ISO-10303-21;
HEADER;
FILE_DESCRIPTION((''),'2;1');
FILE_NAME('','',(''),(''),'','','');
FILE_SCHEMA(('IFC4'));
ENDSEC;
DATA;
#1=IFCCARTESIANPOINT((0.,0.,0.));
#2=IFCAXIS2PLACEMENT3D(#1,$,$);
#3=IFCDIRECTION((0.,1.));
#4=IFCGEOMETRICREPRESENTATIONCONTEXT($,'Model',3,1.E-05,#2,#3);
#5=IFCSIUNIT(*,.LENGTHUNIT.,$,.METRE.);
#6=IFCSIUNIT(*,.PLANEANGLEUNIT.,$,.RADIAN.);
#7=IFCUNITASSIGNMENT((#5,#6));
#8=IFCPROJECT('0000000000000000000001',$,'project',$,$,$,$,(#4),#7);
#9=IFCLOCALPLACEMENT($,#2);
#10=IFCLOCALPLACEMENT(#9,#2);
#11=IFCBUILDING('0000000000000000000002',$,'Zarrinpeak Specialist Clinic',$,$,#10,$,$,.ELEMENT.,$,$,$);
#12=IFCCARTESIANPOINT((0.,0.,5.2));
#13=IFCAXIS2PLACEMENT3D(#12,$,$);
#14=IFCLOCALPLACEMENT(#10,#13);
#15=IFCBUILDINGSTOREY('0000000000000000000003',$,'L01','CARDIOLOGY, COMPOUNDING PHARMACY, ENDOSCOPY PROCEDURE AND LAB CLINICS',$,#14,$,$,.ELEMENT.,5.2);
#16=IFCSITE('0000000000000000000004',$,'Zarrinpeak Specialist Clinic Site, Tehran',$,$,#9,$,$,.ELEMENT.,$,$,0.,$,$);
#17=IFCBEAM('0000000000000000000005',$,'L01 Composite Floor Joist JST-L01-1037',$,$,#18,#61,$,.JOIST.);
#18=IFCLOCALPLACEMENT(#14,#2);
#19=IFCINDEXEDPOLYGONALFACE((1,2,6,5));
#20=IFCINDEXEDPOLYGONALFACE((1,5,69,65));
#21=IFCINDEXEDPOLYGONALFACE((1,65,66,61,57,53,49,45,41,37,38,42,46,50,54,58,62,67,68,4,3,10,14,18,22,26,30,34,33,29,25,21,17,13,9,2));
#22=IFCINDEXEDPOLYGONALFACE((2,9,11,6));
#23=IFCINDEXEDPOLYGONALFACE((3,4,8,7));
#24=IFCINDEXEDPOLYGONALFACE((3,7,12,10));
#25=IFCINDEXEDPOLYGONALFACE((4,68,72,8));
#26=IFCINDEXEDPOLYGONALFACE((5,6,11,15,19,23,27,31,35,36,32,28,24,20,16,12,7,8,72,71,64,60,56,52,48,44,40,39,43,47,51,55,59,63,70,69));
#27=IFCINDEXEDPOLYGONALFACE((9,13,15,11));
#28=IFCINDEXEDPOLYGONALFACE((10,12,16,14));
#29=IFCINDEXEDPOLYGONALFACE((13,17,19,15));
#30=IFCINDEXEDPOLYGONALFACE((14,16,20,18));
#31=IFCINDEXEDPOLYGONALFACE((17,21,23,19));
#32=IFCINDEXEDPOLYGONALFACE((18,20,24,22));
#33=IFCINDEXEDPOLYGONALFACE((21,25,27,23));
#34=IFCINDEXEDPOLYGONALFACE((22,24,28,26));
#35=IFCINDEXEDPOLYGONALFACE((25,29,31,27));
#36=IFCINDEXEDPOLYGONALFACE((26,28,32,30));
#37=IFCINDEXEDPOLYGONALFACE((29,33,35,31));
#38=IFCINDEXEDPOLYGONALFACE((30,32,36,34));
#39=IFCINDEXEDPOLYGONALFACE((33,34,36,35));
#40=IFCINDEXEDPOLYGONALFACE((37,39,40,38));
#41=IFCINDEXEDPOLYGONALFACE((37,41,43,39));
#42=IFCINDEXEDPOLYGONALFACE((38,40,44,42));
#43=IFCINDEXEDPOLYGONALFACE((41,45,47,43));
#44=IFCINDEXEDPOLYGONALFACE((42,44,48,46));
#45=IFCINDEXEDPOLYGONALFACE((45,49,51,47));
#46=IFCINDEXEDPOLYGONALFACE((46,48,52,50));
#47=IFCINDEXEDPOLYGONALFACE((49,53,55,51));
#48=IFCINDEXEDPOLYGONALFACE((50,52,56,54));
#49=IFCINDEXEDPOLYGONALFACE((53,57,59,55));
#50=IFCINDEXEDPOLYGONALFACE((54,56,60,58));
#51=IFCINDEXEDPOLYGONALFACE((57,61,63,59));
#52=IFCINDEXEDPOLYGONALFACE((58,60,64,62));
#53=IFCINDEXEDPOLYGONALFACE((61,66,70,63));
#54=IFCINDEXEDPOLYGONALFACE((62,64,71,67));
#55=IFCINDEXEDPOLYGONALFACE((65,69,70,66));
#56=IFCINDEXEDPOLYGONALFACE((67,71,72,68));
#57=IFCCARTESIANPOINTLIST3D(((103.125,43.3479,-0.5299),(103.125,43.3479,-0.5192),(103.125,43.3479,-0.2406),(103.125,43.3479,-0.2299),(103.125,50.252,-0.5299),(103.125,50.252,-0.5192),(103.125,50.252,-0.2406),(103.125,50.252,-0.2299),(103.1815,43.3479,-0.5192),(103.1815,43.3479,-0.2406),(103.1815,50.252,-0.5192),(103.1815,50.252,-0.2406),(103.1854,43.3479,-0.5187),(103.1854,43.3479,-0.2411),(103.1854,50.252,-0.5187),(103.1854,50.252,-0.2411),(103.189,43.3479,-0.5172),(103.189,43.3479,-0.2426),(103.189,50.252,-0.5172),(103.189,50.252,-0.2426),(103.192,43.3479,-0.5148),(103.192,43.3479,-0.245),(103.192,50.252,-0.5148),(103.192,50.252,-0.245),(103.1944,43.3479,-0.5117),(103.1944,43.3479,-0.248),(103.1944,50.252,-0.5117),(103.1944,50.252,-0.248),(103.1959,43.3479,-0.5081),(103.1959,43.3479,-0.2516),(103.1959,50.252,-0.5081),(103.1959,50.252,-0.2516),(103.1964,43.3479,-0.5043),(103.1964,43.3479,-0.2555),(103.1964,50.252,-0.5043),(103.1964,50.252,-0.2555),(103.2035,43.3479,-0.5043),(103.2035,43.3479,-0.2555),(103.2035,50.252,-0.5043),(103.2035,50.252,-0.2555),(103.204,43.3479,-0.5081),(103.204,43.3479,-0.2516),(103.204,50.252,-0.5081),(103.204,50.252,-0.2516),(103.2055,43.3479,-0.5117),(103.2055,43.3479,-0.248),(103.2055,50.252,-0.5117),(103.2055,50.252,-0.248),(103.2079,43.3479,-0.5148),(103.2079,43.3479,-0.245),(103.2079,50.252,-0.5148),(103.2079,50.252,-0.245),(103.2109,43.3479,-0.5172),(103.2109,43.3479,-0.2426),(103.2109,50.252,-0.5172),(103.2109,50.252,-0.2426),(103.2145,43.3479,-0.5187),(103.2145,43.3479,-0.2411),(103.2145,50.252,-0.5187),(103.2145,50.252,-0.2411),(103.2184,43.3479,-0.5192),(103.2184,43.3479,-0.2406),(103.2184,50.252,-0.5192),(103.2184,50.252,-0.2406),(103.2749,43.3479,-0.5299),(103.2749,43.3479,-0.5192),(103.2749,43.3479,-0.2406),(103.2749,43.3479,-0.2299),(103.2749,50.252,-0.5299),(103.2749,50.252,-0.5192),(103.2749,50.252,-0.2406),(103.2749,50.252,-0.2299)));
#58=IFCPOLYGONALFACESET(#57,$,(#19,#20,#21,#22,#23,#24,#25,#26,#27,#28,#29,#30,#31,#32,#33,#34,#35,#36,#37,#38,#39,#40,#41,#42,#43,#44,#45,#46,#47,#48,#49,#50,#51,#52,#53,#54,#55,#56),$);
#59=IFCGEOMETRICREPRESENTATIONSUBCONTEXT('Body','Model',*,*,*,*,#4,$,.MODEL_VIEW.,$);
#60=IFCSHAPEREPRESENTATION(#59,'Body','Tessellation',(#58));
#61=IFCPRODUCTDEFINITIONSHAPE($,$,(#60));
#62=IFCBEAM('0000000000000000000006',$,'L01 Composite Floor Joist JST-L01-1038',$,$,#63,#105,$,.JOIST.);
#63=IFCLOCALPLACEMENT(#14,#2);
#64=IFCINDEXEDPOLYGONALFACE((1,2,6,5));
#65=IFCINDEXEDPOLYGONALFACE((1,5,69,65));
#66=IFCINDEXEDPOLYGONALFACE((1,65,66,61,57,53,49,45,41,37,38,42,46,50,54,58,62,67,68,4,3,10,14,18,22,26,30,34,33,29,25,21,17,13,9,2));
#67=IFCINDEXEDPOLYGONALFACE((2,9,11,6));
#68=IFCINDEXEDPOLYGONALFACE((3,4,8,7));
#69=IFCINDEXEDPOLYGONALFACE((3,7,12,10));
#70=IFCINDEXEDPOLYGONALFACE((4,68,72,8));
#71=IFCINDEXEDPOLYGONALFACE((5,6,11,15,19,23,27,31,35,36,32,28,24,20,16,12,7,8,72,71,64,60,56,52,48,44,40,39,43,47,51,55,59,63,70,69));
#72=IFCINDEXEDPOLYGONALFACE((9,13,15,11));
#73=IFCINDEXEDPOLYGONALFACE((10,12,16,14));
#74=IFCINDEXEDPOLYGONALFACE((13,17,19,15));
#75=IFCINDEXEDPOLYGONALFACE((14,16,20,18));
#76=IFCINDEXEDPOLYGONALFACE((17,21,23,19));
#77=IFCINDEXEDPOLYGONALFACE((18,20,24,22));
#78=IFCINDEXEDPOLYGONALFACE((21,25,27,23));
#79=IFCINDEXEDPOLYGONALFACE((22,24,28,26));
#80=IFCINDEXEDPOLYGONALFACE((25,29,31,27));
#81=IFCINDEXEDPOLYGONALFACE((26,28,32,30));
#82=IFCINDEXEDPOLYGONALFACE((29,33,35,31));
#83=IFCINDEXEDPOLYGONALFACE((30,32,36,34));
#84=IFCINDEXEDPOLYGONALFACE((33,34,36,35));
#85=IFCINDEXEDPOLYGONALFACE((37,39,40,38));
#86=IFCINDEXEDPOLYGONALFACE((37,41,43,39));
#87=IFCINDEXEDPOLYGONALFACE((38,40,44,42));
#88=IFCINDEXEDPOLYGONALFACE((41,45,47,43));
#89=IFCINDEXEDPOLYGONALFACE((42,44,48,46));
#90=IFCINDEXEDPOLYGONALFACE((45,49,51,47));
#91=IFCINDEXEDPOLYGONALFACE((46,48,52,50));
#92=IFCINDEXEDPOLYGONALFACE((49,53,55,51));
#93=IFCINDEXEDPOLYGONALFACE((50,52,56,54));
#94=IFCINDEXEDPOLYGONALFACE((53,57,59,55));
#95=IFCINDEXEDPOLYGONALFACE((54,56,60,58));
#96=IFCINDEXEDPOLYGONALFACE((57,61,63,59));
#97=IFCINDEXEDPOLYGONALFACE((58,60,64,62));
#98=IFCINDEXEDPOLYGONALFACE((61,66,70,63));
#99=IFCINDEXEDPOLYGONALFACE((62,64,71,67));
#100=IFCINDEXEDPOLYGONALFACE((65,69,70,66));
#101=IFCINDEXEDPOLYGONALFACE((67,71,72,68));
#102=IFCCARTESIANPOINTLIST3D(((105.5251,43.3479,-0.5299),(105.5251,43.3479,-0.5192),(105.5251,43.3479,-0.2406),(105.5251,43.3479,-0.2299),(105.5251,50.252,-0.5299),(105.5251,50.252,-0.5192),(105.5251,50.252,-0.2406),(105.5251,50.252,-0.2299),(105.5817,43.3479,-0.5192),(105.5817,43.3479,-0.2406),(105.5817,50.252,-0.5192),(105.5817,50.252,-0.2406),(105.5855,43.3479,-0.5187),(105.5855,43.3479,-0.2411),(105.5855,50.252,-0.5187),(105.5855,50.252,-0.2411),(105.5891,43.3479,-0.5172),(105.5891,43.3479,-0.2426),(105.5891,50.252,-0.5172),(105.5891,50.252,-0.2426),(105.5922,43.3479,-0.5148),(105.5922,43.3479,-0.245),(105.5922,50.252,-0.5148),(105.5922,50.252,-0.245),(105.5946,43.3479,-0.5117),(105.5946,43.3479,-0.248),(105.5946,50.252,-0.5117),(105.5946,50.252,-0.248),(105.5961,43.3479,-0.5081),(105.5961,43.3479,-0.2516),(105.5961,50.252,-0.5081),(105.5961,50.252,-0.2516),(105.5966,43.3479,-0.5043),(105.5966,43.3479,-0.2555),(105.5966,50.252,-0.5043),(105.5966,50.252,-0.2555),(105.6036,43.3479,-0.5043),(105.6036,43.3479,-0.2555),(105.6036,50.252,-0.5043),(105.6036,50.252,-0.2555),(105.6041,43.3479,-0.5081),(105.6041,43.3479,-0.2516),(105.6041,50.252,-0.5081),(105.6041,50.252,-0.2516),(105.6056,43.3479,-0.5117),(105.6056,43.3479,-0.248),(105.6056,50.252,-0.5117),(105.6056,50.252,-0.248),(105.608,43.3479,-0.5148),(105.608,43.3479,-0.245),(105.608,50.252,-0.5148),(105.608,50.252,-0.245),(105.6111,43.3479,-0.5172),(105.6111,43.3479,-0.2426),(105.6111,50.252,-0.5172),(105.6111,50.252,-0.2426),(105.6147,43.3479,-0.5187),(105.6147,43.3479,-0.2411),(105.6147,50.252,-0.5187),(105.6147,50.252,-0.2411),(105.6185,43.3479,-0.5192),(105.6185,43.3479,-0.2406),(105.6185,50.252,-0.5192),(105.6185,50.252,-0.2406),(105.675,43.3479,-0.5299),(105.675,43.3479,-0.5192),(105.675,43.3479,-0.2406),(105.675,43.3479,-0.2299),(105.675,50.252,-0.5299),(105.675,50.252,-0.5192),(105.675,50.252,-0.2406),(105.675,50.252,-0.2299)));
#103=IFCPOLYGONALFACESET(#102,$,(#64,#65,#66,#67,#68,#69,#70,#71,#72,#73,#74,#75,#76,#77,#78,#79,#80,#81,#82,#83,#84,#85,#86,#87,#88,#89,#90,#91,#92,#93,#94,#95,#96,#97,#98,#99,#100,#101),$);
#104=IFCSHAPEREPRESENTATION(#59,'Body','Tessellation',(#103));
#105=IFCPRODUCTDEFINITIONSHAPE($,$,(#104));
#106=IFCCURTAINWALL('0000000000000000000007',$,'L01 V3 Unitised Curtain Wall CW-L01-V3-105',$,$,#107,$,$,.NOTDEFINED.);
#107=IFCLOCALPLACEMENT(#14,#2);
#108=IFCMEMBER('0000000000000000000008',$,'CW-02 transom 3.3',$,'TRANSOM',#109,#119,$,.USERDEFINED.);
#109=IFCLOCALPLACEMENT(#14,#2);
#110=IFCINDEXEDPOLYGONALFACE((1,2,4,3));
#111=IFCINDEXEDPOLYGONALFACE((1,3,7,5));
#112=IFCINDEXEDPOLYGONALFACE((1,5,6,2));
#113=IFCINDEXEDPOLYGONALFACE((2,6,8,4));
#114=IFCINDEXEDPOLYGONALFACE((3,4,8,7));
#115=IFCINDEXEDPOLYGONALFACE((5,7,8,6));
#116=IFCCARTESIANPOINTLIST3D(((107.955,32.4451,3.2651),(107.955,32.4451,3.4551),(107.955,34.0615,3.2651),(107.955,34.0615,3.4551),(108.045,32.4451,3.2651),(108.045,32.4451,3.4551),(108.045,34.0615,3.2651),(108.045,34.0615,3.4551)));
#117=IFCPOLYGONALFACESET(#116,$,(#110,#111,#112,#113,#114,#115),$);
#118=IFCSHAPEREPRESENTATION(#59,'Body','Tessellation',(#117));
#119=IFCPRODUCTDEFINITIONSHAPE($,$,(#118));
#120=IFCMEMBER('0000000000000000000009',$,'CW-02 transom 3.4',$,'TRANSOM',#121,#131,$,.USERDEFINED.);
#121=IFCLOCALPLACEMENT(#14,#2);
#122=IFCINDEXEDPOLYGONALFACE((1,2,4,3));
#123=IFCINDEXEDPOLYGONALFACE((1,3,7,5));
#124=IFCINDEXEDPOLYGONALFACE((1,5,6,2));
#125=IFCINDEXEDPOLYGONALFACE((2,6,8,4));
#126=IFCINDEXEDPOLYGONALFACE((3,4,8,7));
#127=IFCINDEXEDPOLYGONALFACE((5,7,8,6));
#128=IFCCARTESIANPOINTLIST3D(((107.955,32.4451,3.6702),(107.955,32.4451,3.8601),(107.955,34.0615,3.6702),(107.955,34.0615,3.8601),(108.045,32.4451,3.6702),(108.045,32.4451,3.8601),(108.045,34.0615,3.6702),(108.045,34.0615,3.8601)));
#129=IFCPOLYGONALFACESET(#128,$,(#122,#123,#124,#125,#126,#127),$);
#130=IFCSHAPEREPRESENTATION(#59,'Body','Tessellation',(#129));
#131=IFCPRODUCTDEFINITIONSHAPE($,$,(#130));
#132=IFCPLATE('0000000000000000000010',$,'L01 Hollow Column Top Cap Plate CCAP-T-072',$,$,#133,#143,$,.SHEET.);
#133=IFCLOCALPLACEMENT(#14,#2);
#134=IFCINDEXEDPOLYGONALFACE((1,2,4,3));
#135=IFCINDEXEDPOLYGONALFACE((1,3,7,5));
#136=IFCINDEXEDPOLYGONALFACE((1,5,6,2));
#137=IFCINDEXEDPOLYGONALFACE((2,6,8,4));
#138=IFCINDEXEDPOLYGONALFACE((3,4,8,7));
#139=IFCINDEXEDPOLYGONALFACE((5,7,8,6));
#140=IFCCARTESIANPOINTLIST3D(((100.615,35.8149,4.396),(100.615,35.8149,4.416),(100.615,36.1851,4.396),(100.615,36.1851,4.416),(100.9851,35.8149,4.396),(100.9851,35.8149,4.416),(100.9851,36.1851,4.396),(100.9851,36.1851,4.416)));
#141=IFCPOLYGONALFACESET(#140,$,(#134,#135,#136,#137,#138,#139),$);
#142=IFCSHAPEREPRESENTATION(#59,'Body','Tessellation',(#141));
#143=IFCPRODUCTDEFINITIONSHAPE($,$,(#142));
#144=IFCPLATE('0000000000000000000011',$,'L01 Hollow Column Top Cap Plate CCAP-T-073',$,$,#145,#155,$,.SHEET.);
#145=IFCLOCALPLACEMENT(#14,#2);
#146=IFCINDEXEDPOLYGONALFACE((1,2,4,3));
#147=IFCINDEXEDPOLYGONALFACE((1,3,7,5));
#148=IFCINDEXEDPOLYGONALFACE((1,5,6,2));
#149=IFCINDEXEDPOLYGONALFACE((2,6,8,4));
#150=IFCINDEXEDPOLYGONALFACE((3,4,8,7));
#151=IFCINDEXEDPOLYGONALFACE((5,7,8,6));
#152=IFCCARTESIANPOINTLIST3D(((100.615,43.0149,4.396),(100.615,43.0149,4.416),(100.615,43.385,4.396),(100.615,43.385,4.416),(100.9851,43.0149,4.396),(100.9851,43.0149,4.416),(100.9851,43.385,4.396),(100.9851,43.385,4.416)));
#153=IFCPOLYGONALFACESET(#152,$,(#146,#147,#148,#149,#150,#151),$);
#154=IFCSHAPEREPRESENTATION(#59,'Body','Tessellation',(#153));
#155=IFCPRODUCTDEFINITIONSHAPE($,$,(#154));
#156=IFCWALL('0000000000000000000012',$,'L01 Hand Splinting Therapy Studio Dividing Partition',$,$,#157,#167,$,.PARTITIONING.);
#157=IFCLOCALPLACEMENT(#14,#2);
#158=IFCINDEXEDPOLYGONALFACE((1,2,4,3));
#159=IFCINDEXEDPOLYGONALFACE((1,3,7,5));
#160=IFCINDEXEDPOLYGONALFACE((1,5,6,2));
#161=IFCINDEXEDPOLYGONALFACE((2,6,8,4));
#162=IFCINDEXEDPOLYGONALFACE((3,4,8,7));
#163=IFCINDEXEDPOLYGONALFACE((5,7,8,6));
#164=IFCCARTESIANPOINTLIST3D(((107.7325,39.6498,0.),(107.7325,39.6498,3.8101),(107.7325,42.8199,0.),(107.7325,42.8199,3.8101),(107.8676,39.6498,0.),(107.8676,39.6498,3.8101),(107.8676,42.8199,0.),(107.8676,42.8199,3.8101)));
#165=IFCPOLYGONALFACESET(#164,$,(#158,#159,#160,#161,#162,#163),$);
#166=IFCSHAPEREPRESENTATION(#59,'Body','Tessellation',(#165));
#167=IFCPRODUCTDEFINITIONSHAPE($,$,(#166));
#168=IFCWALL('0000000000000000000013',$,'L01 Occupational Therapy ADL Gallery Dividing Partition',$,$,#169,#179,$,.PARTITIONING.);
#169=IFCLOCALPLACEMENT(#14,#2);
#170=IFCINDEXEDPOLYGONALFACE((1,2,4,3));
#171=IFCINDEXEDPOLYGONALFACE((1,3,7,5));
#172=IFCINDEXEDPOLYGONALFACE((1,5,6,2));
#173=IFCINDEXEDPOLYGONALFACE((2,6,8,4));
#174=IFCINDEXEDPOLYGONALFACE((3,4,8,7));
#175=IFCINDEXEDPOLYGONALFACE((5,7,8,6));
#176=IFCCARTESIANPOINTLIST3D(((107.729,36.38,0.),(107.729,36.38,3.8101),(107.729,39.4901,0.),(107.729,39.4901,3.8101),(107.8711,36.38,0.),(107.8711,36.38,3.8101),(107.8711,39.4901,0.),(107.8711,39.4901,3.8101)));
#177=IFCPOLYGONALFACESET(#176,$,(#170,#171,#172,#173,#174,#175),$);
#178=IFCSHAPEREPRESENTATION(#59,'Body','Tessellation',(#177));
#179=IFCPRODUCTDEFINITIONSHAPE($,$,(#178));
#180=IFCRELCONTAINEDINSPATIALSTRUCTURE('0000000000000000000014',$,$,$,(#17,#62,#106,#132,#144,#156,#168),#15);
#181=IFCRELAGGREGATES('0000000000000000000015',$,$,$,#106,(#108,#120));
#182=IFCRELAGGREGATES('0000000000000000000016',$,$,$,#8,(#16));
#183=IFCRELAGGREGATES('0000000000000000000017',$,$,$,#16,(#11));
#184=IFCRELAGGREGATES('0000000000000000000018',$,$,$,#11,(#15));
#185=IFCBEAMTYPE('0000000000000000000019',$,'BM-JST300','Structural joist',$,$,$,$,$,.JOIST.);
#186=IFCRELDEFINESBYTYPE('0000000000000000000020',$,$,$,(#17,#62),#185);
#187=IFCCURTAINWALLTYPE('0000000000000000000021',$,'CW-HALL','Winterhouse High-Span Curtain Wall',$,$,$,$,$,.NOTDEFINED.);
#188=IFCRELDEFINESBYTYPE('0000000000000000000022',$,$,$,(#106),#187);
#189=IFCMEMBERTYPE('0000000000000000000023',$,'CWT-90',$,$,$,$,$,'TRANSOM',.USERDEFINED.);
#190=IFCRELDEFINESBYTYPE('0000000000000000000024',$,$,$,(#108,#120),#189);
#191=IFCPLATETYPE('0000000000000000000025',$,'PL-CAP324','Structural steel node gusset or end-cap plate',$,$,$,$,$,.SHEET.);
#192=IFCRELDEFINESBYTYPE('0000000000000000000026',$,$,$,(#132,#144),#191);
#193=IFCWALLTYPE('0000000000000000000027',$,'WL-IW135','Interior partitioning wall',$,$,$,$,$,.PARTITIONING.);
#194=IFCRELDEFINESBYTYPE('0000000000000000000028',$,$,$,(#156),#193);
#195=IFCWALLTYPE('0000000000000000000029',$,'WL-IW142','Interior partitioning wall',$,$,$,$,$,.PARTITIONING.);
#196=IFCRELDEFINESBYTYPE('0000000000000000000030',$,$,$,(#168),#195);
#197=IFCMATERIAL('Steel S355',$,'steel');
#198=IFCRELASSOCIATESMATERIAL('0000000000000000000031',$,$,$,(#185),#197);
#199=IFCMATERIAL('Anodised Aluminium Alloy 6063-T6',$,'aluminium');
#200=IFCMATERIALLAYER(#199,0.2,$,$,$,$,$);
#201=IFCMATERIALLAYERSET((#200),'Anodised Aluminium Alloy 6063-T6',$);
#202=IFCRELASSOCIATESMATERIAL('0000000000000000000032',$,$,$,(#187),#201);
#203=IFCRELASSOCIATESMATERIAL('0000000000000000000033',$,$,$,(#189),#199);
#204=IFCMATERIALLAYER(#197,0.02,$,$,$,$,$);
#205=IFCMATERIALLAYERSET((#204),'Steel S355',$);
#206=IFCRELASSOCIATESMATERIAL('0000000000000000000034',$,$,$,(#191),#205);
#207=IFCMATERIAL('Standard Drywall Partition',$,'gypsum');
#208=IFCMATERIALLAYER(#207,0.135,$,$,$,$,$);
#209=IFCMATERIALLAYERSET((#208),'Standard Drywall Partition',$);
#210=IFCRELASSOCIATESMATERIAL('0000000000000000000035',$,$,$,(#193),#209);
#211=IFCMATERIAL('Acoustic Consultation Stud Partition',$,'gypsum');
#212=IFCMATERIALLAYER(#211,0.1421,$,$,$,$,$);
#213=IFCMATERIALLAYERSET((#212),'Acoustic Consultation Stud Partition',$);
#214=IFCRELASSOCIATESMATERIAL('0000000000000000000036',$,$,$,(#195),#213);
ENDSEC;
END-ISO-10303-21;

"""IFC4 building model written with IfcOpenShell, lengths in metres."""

from ifc_helpers import new_model, si_unit, direction, frame, frame_2d, origin, origin_2d, place, context, subcontext, project, spatial, rectangle, i_section, extrude, material, layer, layer_set, material_profile, profile_set, type_object, element, aggregate, save


model = new_model("IFC4")

# Units and contexts
model_context = context("Model", 3, precision=1e-05, world=origin(), true_north=direction((0.0, 1.0)))
body_context = subcontext(model_context, "Body", "Model", "MODEL_VIEW")
ifc_project = project(units=[si_unit("LENGTHUNIT", "METRE"), si_unit("PLANEANGLEUNIT", "RADIAN")], contexts=[model_context])

# Site, building, storey
site_placement = place(None, origin())
site = spatial("IfcSite", under=ifc_project, at=site_placement, Name="Zarrinpeak Specialist Clinic Site, Tehran", CompositionType="ELEMENT", RefElevation=0.0)
building_placement = place(site_placement, origin())
building = spatial("IfcBuilding", under=site, at=building_placement, Name="Zarrinpeak Specialist Clinic", CompositionType="ELEMENT")
storey_placement = place(building_placement, frame((0.0, 0.0, 5.2)))
storey = spatial("IfcBuildingStorey", under=building, at=storey_placement, Name="L01", Description="CARDIOLOGY, COMPOUNDING PHARMACY, ENDOSCOPY PROCEDURE AND LAB CLINICS", CompositionType="ELEMENT", Elevation=5.2)

# Shared definitions
ifc_material_1 = material(Name="Steel S355", Category="steel")

# Beams
ifc_material_profile_1 = material_profile(ifc_material_1, i_section(OverallWidth=0.1499, OverallDepth=0.3, WebThickness=0.0071, FlangeThickness=0.0107, FilletRadius=0.0149, at=origin_2d()), Name="IPE 300")
ifc_profile_set_1 = profile_set([ifc_material_profile_1], Name="Steel S355")
beam_type_1 = type_object("IfcBeamType", Name="BM-JST300", Description="Structural joist", PredefinedType="JOIST", material=ifc_profile_set_1)
for number, where, z_axis, x_axis, name in (
    (1, (103.2, 43.3479, -0.3799), (0.0, 1.0, 0.0), (-1.0, 0.0, 0.0), "L01 Composite Floor Joist JST-L01-1037"),
    (2, (105.6001, 43.3479, -0.3799), (0.0, 1.0, 0.0), (-1.0, 0.0, 0.0), "L01 Composite Floor Joist JST-L01-1038"),
):
    element("IfcBeam", number, at=place(storey_placement, frame(where, z_axis=z_axis, x_axis=x_axis)), inside=storey, type_object=beam_type_1, Name=name, PredefinedType="JOIST", context=body_context, shape_type="SweptSolid", body=[
        extrude(i_section(OverallWidth=0.1499, OverallDepth=0.3, WebThickness=0.0071, FlangeThickness=0.0107, FilletRadius=0.0149, at=origin_2d()), origin(), (0.0, 0.0, 1.0), 6.9041),
    ])

# Curtain wall, members
ifc_material_2 = material(Name="Anodised Aluminium Alloy 6063-T6", Category="aluminium")
ifc_layer_1 = layer(ifc_material_2, 0.2)
ifc_layer_set_1 = layer_set([ifc_layer_1], Name="Anodised Aluminium Alloy 6063-T6")
curtain_wall_type = type_object("IfcCurtainWallType", Name="CW-HALL", Description="Winterhouse High-Span Curtain Wall", PredefinedType="NOTDEFINED", material=ifc_layer_set_1)
curtain_wall_placement = place(storey_placement, origin())
curtain_wall = element("IfcCurtainWall", 3, at=curtain_wall_placement, inside=storey, type_object=curtain_wall_type, Name="L01 V3 Unitised Curtain Wall CW-L01-V3-105", PredefinedType="NOTDEFINED")
ifc_material_profile_2 = material_profile(ifc_material_2, rectangle(XDim=0.0901, YDim=0.1899, at=origin_2d()), Name="ALU 90x190")
ifc_profile_set_2 = profile_set([ifc_material_profile_2], Name="Anodised Aluminium Alloy 6063-T6")
member_type = type_object("IfcMemberType", Name="CWT-90", ElementType="TRANSOM", PredefinedType="USERDEFINED", material=ifc_profile_set_2)
member_1_placement = place(storey_placement, frame((108.0, 32.4451, 3.3601), z_axis=(0.0, 1.0, 0.0), x_axis=(-1.0, 0.0, 0.0)))
member_1 = element("IfcMember", 4, at=member_1_placement, type_object=member_type, Name="CW-02 transom 3.3", ObjectType="TRANSOM", PredefinedType="USERDEFINED", context=body_context, shape_type="SweptSolid", body=[
    extrude(rectangle(XDim=0.0901, YDim=0.1899, at=origin_2d()), origin(), (0.0, 0.0, 1.0), 1.6165),
])
member_2_placement = place(storey_placement, frame((108.0, 32.4451, 3.7651), z_axis=(0.0, 1.0, 0.0), x_axis=(-1.0, 0.0, 0.0)))
member_2 = element("IfcMember", 5, at=member_2_placement, type_object=member_type, Name="CW-02 transom 3.4", ObjectType="TRANSOM", PredefinedType="USERDEFINED", context=body_context, shape_type="SweptSolid", body=[
    extrude(rectangle(XDim=0.0901, YDim=0.1899, at=origin_2d()), origin(), (0.0, 0.0, 1.0), 1.6165),
])
aggregate(curtain_wall, [member_1, member_2])

# Plates
ifc_layer_2 = layer(ifc_material_1, 0.02)
ifc_layer_set_2 = layer_set([ifc_layer_2], Name="Steel S355")
plate_type = type_object("IfcPlateType", Name="PL-CAP324", Description="Structural steel node gusset or end-cap plate", PredefinedType="SHEET", material=ifc_layer_set_2)
for number, where, z_axis, x_axis, name in (
    (6, (100.8, 36.0, 4.396), (0.0, 0.0, 1.0), (1.0, 0.0, 0.0), "L01 Hollow Column Top Cap Plate CCAP-T-072"),
    (7, (100.8, 43.2, 4.396), (0.0, 0.0, 1.0), (1.0, 0.0, 0.0), "L01 Hollow Column Top Cap Plate CCAP-T-073"),
):
    element("IfcPlate", number, at=place(storey_placement, frame(where, z_axis=z_axis, x_axis=x_axis)), inside=storey, type_object=plate_type, Name=name, PredefinedType="SHEET", context=body_context, shape_type="SweptSolid", body=[
        extrude(rectangle(XDim=0.3701, YDim=0.3701, at=origin_2d()), origin(), (0.0, 0.0, 1.0), 0.02),
    ])

# Walls
ifc_material_3 = material(Name="Standard Drywall Partition", Category="gypsum")
ifc_layer_3 = layer(ifc_material_3, 0.135)
ifc_layer_set_3 = layer_set([ifc_layer_3], Name="Standard Drywall Partition")
wall_type_1 = type_object("IfcWallType", Name="WL-IW135", Description="Interior partitioning wall", PredefinedType="PARTITIONING", material=ifc_layer_set_3)
wall_1_placement = place(storey_placement, frame((107.8, 39.6499, 0.0), z_axis=(0.0, 0.0, 1.0), x_axis=(0.0, 1.0, 0.0)))
element("IfcWall", 8, at=wall_1_placement, inside=storey, type_object=wall_type_1, Name="L01 Hand Splinting Therapy Studio Dividing Partition", PredefinedType="PARTITIONING", context=body_context, shape_type="SweptSolid", body=[
    extrude(rectangle(XDim=3.1702, YDim=0.135, at=frame_2d((1.585, 0.0))), origin(), (0.0, 0.0, 1.0), 3.8101),
])
ifc_material_4 = material(Name="Acoustic Consultation Stud Partition", Category="gypsum")
ifc_layer_4 = layer(ifc_material_4, 0.1421)
ifc_layer_set_4 = layer_set([ifc_layer_4], Name="Acoustic Consultation Stud Partition")
wall_type_2 = type_object("IfcWallType", Name="WL-IW142", Description="Interior partitioning wall", PredefinedType="PARTITIONING", material=ifc_layer_set_4)
wall_2_placement = place(storey_placement, frame((107.8, 36.3799, 0.0), z_axis=(0.0, 0.0, 1.0), x_axis=(0.0, 1.0, 0.0)))
element("IfcWall", 9, at=wall_2_placement, inside=storey, type_object=wall_type_2, Name="L01 Occupational Therapy ADL Gallery Dividing Partition", PredefinedType="PARTITIONING", context=body_context, shape_type="SweptSolid", body=[
    extrude(rectangle(XDim=3.1101, YDim=0.1421, at=frame_2d((1.5552, 0.0))), origin(), (0.0, 0.0, 1.0), 3.8101),
])

save(model, "model.ifc")
